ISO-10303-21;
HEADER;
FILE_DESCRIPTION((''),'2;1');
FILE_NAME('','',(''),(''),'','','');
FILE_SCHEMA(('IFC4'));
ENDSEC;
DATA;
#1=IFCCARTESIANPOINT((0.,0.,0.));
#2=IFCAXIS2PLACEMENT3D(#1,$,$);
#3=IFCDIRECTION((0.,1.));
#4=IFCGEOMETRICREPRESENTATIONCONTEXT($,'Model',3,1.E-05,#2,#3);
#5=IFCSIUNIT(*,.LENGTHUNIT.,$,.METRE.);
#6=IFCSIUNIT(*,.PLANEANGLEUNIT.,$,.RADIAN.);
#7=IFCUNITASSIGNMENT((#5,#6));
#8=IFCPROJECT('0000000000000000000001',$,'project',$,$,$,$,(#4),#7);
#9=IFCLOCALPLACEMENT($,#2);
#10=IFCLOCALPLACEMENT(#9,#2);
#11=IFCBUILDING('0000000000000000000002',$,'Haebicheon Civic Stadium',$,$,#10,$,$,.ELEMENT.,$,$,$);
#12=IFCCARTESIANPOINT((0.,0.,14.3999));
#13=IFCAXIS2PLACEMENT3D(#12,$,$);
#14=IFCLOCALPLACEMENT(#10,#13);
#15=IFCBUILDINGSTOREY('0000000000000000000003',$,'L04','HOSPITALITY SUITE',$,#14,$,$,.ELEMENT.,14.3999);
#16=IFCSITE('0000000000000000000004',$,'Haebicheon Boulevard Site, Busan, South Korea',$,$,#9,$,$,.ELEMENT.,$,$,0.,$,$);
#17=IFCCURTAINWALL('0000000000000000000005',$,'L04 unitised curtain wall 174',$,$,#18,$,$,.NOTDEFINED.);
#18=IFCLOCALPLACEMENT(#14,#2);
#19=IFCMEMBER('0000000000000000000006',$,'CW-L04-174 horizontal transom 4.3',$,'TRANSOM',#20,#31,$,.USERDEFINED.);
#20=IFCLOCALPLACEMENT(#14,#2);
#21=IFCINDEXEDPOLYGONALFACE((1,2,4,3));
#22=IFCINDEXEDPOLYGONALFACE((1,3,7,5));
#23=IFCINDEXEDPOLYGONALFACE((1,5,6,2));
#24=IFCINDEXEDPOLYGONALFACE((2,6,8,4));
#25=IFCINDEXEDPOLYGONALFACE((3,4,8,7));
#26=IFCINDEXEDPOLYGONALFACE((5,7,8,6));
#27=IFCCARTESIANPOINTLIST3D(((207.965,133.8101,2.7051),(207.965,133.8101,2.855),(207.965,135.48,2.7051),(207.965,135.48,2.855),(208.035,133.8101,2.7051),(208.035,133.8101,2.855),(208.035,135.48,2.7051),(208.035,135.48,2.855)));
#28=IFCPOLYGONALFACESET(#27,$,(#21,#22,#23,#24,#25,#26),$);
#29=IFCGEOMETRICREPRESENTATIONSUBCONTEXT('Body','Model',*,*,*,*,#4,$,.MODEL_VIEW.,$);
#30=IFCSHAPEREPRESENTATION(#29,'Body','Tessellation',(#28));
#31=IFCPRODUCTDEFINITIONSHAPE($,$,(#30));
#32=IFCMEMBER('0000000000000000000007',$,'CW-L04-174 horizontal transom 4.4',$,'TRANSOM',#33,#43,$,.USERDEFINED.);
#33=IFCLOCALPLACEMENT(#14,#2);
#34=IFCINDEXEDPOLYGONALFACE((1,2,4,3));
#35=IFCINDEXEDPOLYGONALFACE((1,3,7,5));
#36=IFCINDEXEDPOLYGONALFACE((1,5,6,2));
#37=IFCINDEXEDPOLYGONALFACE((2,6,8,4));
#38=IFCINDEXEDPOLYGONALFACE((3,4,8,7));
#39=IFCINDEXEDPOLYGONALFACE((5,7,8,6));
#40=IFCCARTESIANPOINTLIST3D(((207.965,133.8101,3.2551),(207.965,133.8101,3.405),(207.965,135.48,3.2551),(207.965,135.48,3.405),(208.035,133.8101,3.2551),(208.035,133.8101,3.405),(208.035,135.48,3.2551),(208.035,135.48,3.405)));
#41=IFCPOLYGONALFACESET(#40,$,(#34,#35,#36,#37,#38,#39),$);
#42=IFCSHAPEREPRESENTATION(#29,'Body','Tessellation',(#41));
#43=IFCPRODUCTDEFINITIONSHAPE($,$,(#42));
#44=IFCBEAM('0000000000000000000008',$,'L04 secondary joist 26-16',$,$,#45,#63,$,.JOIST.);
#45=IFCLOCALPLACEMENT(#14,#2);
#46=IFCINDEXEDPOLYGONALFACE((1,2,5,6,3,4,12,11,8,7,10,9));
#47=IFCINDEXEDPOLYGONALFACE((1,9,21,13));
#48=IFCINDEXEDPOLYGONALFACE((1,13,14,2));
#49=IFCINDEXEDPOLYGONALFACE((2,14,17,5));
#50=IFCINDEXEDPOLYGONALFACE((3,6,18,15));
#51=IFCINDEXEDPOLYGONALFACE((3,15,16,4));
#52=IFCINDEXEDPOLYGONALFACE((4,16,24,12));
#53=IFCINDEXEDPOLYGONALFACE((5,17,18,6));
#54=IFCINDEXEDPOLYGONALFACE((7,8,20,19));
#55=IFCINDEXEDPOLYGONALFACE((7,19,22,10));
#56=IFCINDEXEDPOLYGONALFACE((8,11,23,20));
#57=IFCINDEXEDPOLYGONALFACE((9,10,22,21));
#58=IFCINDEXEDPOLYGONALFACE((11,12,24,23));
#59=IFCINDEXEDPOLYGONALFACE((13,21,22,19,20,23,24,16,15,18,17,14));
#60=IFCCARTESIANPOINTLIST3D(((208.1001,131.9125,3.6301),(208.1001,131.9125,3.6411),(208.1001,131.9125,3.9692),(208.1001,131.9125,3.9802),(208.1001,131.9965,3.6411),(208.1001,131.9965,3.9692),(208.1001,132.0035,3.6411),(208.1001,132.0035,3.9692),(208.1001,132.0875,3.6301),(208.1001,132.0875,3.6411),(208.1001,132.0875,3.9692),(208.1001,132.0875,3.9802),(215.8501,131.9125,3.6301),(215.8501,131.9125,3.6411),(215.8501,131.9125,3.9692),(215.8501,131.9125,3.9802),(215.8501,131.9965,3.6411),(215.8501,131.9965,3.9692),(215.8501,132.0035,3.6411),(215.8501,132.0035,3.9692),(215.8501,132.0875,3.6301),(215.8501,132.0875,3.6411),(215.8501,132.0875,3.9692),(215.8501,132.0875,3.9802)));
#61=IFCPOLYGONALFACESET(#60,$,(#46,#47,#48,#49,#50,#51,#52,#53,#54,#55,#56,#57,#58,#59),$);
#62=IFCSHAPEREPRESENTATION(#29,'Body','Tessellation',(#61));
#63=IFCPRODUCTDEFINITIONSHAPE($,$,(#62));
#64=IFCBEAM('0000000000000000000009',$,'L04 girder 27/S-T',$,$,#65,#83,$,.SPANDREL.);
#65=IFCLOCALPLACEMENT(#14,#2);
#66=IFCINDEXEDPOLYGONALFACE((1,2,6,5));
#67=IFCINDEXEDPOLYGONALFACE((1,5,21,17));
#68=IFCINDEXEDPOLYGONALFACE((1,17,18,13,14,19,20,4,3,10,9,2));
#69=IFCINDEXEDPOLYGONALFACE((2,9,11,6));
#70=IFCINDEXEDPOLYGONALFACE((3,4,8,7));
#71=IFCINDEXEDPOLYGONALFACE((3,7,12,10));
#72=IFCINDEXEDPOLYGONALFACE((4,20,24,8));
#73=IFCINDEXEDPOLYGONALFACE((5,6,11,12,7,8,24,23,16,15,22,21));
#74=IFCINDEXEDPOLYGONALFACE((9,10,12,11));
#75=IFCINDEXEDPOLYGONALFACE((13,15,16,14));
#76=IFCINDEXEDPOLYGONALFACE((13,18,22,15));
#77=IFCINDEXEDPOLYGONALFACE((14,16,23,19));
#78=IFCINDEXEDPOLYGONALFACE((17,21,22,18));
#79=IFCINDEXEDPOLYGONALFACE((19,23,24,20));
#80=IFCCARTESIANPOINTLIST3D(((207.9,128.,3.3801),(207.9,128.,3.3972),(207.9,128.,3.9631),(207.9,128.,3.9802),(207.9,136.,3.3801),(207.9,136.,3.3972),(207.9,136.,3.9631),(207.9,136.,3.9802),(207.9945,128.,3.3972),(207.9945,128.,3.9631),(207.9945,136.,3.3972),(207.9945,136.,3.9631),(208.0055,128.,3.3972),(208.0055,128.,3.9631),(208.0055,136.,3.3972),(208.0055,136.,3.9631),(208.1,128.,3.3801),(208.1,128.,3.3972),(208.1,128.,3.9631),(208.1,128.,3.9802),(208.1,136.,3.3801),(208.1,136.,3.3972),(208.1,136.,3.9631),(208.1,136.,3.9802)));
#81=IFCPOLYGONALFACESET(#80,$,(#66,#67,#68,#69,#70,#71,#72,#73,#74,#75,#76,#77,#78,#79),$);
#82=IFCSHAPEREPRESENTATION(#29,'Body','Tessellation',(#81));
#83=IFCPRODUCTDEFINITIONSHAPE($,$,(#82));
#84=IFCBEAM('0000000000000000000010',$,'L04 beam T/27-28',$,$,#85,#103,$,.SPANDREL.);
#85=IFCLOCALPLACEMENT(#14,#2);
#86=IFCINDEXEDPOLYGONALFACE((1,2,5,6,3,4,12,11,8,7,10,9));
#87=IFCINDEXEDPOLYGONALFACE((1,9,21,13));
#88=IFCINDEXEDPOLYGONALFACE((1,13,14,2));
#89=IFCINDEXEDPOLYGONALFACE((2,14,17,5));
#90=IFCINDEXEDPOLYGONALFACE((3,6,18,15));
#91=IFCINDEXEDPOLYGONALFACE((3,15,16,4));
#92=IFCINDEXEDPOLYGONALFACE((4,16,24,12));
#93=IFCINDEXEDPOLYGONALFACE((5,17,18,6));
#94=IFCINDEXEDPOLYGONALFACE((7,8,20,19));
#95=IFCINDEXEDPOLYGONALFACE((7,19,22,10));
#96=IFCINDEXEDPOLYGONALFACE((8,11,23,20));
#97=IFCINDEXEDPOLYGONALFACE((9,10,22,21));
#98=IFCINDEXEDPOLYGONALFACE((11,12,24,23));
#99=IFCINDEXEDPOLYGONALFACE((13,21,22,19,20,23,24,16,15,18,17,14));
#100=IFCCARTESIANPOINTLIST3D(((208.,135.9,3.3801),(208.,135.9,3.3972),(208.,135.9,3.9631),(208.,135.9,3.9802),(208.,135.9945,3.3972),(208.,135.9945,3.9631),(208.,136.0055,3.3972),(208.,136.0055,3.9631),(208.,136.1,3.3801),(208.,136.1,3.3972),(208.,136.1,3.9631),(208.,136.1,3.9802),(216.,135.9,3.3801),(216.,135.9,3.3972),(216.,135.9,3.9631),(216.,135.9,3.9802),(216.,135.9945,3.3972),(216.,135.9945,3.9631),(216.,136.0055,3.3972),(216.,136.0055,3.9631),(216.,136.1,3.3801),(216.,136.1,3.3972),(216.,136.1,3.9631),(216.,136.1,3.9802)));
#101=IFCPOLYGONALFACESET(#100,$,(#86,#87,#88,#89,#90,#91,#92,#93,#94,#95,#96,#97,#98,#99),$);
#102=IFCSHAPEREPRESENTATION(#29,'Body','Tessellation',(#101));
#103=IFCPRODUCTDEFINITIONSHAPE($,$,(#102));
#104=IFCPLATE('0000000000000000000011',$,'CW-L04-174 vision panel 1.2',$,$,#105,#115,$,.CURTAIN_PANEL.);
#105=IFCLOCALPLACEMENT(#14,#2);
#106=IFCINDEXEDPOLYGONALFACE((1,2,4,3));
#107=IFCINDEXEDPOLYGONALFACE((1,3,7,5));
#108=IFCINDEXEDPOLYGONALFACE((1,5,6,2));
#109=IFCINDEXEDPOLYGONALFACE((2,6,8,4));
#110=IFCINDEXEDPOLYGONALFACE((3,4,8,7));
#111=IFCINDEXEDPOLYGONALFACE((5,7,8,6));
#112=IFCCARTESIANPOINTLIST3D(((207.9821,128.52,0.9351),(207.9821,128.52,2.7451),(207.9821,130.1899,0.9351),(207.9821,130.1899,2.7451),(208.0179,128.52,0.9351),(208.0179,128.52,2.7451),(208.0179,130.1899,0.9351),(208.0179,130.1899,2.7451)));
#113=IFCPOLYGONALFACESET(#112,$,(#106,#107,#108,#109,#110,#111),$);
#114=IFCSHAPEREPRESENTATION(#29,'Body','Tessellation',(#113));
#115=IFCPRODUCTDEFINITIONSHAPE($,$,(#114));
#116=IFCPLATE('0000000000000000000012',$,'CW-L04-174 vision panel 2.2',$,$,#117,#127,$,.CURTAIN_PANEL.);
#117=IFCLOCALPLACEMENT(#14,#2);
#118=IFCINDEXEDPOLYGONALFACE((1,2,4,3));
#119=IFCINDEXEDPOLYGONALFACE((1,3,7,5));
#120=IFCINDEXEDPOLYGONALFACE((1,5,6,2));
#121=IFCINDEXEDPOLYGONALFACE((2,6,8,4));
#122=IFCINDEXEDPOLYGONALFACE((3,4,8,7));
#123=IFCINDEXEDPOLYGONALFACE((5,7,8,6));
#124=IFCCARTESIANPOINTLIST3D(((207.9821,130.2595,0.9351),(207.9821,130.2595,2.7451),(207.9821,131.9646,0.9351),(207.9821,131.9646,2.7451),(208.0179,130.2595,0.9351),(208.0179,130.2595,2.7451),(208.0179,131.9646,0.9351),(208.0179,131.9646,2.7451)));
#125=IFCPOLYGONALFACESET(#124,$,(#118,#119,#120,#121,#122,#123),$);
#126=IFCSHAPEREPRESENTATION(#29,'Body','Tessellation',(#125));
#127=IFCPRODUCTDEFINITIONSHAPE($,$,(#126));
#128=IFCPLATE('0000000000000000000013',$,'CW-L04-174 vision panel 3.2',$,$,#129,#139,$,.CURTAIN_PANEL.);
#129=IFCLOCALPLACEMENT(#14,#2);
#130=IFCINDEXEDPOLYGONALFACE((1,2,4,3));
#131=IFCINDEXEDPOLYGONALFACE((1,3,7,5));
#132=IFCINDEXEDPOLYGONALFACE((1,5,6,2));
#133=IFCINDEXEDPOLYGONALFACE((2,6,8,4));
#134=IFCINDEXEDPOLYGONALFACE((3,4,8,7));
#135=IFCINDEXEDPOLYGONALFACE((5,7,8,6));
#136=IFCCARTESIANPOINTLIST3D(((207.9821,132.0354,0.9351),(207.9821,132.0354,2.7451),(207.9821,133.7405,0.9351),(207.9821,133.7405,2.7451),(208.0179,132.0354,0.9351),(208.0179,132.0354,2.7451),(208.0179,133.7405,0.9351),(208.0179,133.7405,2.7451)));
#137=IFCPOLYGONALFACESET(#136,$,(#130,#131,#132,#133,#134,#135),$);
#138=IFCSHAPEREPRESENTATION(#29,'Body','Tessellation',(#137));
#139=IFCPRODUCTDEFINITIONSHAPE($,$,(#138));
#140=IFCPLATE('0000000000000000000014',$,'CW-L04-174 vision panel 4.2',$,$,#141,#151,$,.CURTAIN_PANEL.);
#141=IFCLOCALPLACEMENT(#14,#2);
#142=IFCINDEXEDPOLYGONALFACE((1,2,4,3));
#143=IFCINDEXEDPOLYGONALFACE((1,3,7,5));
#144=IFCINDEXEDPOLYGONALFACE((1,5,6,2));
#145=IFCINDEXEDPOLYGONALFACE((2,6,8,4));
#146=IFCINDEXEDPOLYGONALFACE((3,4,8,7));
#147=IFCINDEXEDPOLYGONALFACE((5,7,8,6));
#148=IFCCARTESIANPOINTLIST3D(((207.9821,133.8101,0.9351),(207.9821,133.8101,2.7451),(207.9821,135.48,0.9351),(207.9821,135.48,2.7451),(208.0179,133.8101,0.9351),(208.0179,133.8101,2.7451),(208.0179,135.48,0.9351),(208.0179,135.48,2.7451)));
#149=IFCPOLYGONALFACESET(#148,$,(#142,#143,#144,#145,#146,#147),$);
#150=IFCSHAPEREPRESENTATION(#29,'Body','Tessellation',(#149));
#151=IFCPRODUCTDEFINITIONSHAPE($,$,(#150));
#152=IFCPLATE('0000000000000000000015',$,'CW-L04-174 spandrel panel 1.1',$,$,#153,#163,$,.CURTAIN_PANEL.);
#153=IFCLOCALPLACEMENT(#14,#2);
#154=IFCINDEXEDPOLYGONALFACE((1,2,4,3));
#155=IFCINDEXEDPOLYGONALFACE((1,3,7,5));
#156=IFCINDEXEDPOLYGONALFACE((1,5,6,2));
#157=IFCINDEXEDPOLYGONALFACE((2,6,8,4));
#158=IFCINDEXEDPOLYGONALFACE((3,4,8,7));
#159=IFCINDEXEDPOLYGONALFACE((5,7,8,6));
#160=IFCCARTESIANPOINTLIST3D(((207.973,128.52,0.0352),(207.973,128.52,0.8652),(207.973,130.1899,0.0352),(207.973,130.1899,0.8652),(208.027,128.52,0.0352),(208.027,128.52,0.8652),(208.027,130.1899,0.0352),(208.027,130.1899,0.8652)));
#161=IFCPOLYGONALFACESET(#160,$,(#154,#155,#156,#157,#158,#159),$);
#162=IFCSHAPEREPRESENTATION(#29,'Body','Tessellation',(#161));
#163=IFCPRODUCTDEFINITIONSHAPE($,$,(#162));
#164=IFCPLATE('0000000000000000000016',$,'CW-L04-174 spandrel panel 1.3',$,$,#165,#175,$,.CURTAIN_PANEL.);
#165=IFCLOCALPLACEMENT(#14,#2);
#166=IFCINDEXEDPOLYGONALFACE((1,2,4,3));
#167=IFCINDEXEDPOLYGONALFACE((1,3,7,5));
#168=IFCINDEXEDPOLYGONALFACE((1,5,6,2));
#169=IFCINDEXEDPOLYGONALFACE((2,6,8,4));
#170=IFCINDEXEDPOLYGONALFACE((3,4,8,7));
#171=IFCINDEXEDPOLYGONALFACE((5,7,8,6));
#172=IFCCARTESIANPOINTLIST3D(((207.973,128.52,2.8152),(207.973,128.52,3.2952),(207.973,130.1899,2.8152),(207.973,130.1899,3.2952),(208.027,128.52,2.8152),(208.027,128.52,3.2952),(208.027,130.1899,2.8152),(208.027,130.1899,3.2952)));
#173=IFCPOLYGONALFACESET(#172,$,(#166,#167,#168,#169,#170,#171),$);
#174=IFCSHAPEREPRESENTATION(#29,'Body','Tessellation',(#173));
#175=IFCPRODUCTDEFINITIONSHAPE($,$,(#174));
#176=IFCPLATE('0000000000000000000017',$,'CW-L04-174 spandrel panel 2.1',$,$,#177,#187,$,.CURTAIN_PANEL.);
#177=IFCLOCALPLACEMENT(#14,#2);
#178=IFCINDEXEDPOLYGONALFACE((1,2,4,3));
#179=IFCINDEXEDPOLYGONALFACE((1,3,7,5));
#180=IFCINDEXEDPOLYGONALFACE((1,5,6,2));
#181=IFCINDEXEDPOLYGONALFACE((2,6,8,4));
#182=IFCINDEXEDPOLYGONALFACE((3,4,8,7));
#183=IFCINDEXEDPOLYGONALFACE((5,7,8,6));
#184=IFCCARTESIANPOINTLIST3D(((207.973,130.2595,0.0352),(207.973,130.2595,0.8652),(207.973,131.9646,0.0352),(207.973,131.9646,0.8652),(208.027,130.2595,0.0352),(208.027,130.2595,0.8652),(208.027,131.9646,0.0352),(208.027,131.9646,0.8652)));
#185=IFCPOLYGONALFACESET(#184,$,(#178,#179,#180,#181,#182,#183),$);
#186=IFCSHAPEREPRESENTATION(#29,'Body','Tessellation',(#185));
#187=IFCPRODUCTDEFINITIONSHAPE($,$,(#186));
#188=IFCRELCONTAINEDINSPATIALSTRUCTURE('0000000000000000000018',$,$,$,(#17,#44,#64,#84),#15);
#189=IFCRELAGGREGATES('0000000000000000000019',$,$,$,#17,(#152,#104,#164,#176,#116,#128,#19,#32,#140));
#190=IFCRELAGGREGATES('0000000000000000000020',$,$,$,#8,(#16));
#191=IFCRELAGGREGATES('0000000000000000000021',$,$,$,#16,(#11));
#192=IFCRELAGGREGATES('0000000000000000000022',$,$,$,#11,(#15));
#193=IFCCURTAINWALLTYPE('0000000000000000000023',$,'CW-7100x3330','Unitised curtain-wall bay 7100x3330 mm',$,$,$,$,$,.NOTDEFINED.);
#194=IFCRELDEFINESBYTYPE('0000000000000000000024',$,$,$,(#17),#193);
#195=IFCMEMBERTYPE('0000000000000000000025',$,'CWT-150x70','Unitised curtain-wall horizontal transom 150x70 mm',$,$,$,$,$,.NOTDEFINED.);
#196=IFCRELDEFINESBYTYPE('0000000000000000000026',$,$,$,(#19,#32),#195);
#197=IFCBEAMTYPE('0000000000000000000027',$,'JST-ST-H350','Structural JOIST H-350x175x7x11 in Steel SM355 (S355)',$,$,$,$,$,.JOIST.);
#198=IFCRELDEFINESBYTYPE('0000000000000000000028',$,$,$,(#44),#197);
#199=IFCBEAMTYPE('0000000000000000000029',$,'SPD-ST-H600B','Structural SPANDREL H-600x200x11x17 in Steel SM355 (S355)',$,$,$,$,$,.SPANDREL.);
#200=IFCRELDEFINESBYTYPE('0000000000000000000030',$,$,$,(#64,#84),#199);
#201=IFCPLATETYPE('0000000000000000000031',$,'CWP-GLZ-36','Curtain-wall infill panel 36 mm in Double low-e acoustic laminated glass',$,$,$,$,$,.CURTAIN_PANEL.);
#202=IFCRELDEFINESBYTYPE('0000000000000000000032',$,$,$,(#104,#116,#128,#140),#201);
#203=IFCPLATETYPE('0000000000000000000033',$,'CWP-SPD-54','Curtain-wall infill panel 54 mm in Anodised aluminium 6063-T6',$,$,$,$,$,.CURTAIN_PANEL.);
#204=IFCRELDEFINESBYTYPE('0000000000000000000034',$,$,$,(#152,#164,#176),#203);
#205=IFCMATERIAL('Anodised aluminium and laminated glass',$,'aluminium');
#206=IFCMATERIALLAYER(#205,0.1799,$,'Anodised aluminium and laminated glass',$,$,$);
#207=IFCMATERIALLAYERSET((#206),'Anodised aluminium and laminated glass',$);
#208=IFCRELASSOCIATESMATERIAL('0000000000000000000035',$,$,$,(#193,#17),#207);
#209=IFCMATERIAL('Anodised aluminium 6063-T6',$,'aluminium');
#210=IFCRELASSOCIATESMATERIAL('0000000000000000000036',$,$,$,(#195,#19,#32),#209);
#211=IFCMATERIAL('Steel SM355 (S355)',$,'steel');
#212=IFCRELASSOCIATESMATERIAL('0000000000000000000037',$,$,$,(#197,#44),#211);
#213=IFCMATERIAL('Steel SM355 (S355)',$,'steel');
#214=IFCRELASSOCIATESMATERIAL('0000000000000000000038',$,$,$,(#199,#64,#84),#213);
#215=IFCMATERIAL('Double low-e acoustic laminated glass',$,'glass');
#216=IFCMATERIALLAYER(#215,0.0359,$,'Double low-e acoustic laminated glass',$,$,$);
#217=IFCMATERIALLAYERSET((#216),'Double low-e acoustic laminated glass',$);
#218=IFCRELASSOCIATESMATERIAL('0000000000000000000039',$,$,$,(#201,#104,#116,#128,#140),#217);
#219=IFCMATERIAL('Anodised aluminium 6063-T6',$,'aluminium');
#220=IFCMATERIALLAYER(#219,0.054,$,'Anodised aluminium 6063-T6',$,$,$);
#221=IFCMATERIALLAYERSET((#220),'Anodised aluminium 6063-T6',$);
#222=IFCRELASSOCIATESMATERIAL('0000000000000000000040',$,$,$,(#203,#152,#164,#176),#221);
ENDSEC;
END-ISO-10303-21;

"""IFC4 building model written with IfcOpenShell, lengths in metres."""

from ifc_helpers import new_model, si_unit, direction, frame, origin, origin_2d, place, context, subcontext, project, spatial, rectangle, i_section, extrude, material, layer, layer_set, material_profile, profile_set, type_object, element, aggregate, save


model = new_model("IFC4")

# Units and contexts
model_context = context("Model", 3, precision=1e-05, world=origin(), true_north=direction((0.0, 1.0)))
body_context = subcontext(model_context, "Body", "Model", "MODEL_VIEW")
ifc_project = project(units=[si_unit("LENGTHUNIT", "METRE"), si_unit("PLANEANGLEUNIT", "RADIAN")], contexts=[model_context])

# Site, building, storey
site_placement = place(None, origin())
site = spatial("IfcSite", under=ifc_project, at=site_placement, Name="Haebicheon Boulevard Site, Busan, South Korea", CompositionType="ELEMENT", RefElevation=0.0)
building_placement = place(site_placement, origin())
building = spatial("IfcBuilding", under=site, at=building_placement, Name="Haebicheon Civic Stadium", CompositionType="ELEMENT")
storey_placement = place(building_placement, frame((0.0, 0.0, 14.3999)))
storey = spatial("IfcBuildingStorey", under=building, at=storey_placement, Name="L04", Description="HOSPITALITY SUITE", CompositionType="ELEMENT", Elevation=14.3999)

# Curtain wall, members
ifc_material_1 = material(Name="Anodised aluminium and laminated glass", Category="aluminium")
ifc_layer_1 = layer(ifc_material_1, 0.1799, Name="Anodised aluminium and laminated glass")
ifc_layer_set_1 = layer_set([ifc_layer_1], Name="Anodised aluminium and laminated glass")
curtain_wall_type = type_object("IfcCurtainWallType", Name="CW-7100x3330", Description="Unitised curtain-wall bay 7100x3330 mm", PredefinedType="NOTDEFINED", material=ifc_layer_set_1)
curtain_wall_placement = place(storey_placement, origin())
curtain_wall = element("IfcCurtainWall", 1, at=curtain_wall_placement, inside=storey, type_object=curtain_wall_type, material=ifc_layer_set_1, Name="L04 unitised curtain wall 174", PredefinedType="NOTDEFINED")
ifc_material_2 = material(Name="Anodised aluminium 6063-T6", Category="aluminium")
ifc_material_profile_1 = material_profile(ifc_material_2, rectangle(XDim=0.0701, YDim=0.1499, at=origin_2d()), Name="ALU-TRAN-70x150")
ifc_profile_set_1 = profile_set([ifc_material_profile_1], Name="Anodised aluminium 6063-T6")
member_type_1 = type_object("IfcMemberType", Name="CWT-150x70", Description="Unitised curtain-wall horizontal transom 150x70 mm", PredefinedType="NOTDEFINED", material=ifc_profile_set_1)
member_1_placement = place(storey_placement, frame((208.0, 133.8101, 2.78), z_axis=(0.0, 1.0, 0.0), x_axis=(-1.0, 0.0, 0.0)))
member_1 = element("IfcMember", 2, at=member_1_placement, type_object=member_type_1, material=ifc_profile_set_1, Name="CW-L04-174 horizontal transom 4.3", ObjectType="TRANSOM", PredefinedType="USERDEFINED", context=body_context, shape_type="SweptSolid", body=[
    extrude(rectangle(XDim=0.0701, YDim=0.1499, at=origin_2d()), origin(), (0.0, 0.0, 1.0), 1.6699),
])
member_2_placement = place(storey_placement, frame((208.0, 133.8101, 3.3301), z_axis=(0.0, 1.0, 0.0), x_axis=(-1.0, 0.0, 0.0)))
member_2 = element("IfcMember", 3, at=member_2_placement, type_object=member_type_1, material=ifc_profile_set_1, Name="CW-L04-174 horizontal transom 4.4", ObjectType="TRANSOM", PredefinedType="USERDEFINED", context=body_context, shape_type="SweptSolid", body=[
    extrude(rectangle(XDim=0.0701, YDim=0.1499, at=origin_2d()), origin(), (0.0, 0.0, 1.0), 1.6699),
])

# Beams
ifc_material_3 = material(Name="Steel SM355 (S355)", Category="steel")
ifc_material_profile_2 = material_profile(ifc_material_3, i_section(OverallWidth=0.175, OverallDepth=0.3501, WebThickness=0.0071, FlangeThickness=0.011, at=origin_2d()), Name="H-350x175x7x11")
ifc_profile_set_2 = profile_set([ifc_material_profile_2], Name="Steel SM355 (S355)")
beam_type_1 = type_object("IfcBeamType", Name="JST-ST-H350", Description="Structural JOIST H-350x175x7x11 in Steel SM355 (S355)", PredefinedType="JOIST", material=ifc_profile_set_2)
beam_1_placement = place(storey_placement, frame((208.1001, 132.0, 3.8052), z_axis=(1.0, 0.0, 0.0), x_axis=(0.0, 1.0, 0.0)))
element("IfcBeam", 4, at=beam_1_placement, inside=storey, type_object=beam_type_1, material=ifc_profile_set_2, Name="L04 secondary joist 26-16", PredefinedType="JOIST", context=body_context, shape_type="SweptSolid", body=[
    extrude(i_section(OverallWidth=0.175, OverallDepth=0.3501, WebThickness=0.0071, FlangeThickness=0.011, at=origin_2d()), origin(), (0.0, 0.0, 1.0), 7.75),
])
ifc_material_4 = material(Name="Steel SM355 (S355)", Category="steel")
ifc_material_profile_3 = material_profile(ifc_material_4, i_section(OverallWidth=0.2, OverallDepth=0.6001, WebThickness=0.011, FlangeThickness=0.0171, at=origin_2d()), Name="H-600x200x11x17")
ifc_profile_set_3 = profile_set([ifc_material_profile_3], Name="Steel SM355 (S355)")
beam_type_2 = type_object("IfcBeamType", Name="SPD-ST-H600B", Description="Structural SPANDREL H-600x200x11x17 in Steel SM355 (S355)", PredefinedType="SPANDREL", material=ifc_profile_set_3)
for number, where, z_axis, x_axis, name in (
    (5, (208.0, 128.0, 3.6802), (0.0, 1.0, 0.0), (-1.0, 0.0, 0.0), "L04 girder 27/S-T"),
    (6, (208.0, 136.0, 3.6802), (1.0, 0.0, 0.0), (0.0, 1.0, 0.0), "L04 beam T/27-28"),
):
    element("IfcBeam", number, at=place(storey_placement, frame(where, z_axis=z_axis, x_axis=x_axis)), inside=storey, type_object=beam_type_2, material=ifc_profile_set_3, Name=name, PredefinedType="SPANDREL", context=body_context, shape_type="SweptSolid", body=[
        extrude(i_section(OverallWidth=0.2, OverallDepth=0.6001, WebThickness=0.011, FlangeThickness=0.0171, at=origin_2d()), origin(), (0.0, 0.0, 1.0), 8.0),
    ])

# Plates
ifc_material_5 = material(Name="Double low-e acoustic laminated glass", Category="glass")
ifc_layer_2 = layer(ifc_material_5, 0.0359, Name="Double low-e acoustic laminated glass")
ifc_layer_set_2 = layer_set([ifc_layer_2], Name="Double low-e acoustic laminated glass")
plate_type_1 = type_object("IfcPlateType", Name="CWP-GLZ-36", Description="Curtain-wall infill panel 36 mm in Double low-e acoustic laminated glass", PredefinedType="CURTAIN_PANEL", material=ifc_layer_set_2)
plate_1_placement = place(storey_placement, frame((208.0, 129.355, 0.9351), z_axis=(0.0, 0.0, 1.0), x_axis=(0.0, 1.0, 0.0)))
plate_1 = element("IfcPlate", 7, at=plate_1_placement, type_object=plate_type_1, material=ifc_layer_set_2, Name="CW-L04-174 vision panel 1.2", PredefinedType="CURTAIN_PANEL", context=body_context, shape_type="SweptSolid", body=[
    extrude(rectangle(XDim=1.6699, YDim=0.0359, at=origin_2d()), origin(), (0.0, 0.0, 1.0), 1.8101),
])
plate_2_placement = place(storey_placement, frame((208.0, 131.1121, 0.9351), z_axis=(0.0, 0.0, 1.0), x_axis=(0.0, 1.0, 0.0)))
plate_2 = element("IfcPlate", 8, at=plate_2_placement, type_object=plate_type_1, material=ifc_layer_set_2, Name="CW-L04-174 vision panel 2.2", PredefinedType="CURTAIN_PANEL", context=body_context, shape_type="SweptSolid", body=[
    extrude(rectangle(XDim=1.7051, YDim=0.0359, at=origin_2d()), origin(), (0.0, 0.0, 1.0), 1.8101),
])
plate_3_placement = place(storey_placement, frame((208.0, 132.8879, 0.9351), z_axis=(0.0, 0.0, 1.0), x_axis=(0.0, 1.0, 0.0)))
plate_3 = element("IfcPlate", 9, at=plate_3_placement, type_object=plate_type_1, material=ifc_layer_set_2, Name="CW-L04-174 vision panel 3.2", PredefinedType="CURTAIN_PANEL", context=body_context, shape_type="SweptSolid", body=[
    extrude(rectangle(XDim=1.7051, YDim=0.0359, at=origin_2d()), origin(), (0.0, 0.0, 1.0), 1.8101),
])
plate_4_placement = place(storey_placement, frame((208.0, 134.645, 0.9351), z_axis=(0.0, 0.0, 1.0), x_axis=(0.0, 1.0, 0.0)))
plate_4 = element("IfcPlate", 10, at=plate_4_placement, type_object=plate_type_1, material=ifc_layer_set_2, Name="CW-L04-174 vision panel 4.2", PredefinedType="CURTAIN_PANEL", context=body_context, shape_type="SweptSolid", body=[
    extrude(rectangle(XDim=1.6699, YDim=0.0359, at=origin_2d()), origin(), (0.0, 0.0, 1.0), 1.8101),
])
ifc_material_6 = material(Name="Anodised aluminium 6063-T6", Category="aluminium")
ifc_layer_3 = layer(ifc_material_6, 0.054, Name="Anodised aluminium 6063-T6")
ifc_layer_set_3 = layer_set([ifc_layer_3], Name="Anodised aluminium 6063-T6")
plate_type_2 = type_object("IfcPlateType", Name="CWP-SPD-54", Description="Curtain-wall infill panel 54 mm in Anodised aluminium 6063-T6", PredefinedType="CURTAIN_PANEL", material=ifc_layer_set_3)
plate_5_placement = place(storey_placement, frame((208.0, 129.355, 0.0352), z_axis=(0.0, 0.0, 1.0), x_axis=(0.0, 1.0, 0.0)))
plate_5 = element("IfcPlate", 11, at=plate_5_placement, type_object=plate_type_2, material=ifc_layer_set_3, Name="CW-L04-174 spandrel panel 1.1", PredefinedType="CURTAIN_PANEL", context=body_context, shape_type="SweptSolid", body=[
    extrude(rectangle(XDim=1.6699, YDim=0.054, at=origin_2d()), origin(), (0.0, 0.0, 1.0), 0.8301),
])
plate_6_placement = place(storey_placement, frame((208.0, 129.355, 2.8152), z_axis=(0.0, 0.0, 1.0), x_axis=(0.0, 1.0, 0.0)))
plate_6 = element("IfcPlate", 12, at=plate_6_placement, type_object=plate_type_2, material=ifc_layer_set_3, Name="CW-L04-174 spandrel panel 1.3", PredefinedType="CURTAIN_PANEL", context=body_context, shape_type="SweptSolid", body=[
    extrude(rectangle(XDim=1.6699, YDim=0.054, at=origin_2d()), origin(), (0.0, 0.0, 1.0), 0.48),
])
plate_7_placement = place(storey_placement, frame((208.0, 131.1121, 0.0352), z_axis=(0.0, 0.0, 1.0), x_axis=(0.0, 1.0, 0.0)))
plate_7 = element("IfcPlate", 13, at=plate_7_placement, type_object=plate_type_2, material=ifc_layer_set_3, Name="CW-L04-174 spandrel panel 2.1", PredefinedType="CURTAIN_PANEL", context=body_context, shape_type="SweptSolid", body=[
    extrude(rectangle(XDim=1.7051, YDim=0.054, at=origin_2d()), origin(), (0.0, 0.0, 1.0), 0.8301),
])
aggregate(curtain_wall, [plate_5, plate_1, plate_6, plate_7, plate_2, plate_3, member_1, member_2, plate_4])

save(model, "model.ifc")
